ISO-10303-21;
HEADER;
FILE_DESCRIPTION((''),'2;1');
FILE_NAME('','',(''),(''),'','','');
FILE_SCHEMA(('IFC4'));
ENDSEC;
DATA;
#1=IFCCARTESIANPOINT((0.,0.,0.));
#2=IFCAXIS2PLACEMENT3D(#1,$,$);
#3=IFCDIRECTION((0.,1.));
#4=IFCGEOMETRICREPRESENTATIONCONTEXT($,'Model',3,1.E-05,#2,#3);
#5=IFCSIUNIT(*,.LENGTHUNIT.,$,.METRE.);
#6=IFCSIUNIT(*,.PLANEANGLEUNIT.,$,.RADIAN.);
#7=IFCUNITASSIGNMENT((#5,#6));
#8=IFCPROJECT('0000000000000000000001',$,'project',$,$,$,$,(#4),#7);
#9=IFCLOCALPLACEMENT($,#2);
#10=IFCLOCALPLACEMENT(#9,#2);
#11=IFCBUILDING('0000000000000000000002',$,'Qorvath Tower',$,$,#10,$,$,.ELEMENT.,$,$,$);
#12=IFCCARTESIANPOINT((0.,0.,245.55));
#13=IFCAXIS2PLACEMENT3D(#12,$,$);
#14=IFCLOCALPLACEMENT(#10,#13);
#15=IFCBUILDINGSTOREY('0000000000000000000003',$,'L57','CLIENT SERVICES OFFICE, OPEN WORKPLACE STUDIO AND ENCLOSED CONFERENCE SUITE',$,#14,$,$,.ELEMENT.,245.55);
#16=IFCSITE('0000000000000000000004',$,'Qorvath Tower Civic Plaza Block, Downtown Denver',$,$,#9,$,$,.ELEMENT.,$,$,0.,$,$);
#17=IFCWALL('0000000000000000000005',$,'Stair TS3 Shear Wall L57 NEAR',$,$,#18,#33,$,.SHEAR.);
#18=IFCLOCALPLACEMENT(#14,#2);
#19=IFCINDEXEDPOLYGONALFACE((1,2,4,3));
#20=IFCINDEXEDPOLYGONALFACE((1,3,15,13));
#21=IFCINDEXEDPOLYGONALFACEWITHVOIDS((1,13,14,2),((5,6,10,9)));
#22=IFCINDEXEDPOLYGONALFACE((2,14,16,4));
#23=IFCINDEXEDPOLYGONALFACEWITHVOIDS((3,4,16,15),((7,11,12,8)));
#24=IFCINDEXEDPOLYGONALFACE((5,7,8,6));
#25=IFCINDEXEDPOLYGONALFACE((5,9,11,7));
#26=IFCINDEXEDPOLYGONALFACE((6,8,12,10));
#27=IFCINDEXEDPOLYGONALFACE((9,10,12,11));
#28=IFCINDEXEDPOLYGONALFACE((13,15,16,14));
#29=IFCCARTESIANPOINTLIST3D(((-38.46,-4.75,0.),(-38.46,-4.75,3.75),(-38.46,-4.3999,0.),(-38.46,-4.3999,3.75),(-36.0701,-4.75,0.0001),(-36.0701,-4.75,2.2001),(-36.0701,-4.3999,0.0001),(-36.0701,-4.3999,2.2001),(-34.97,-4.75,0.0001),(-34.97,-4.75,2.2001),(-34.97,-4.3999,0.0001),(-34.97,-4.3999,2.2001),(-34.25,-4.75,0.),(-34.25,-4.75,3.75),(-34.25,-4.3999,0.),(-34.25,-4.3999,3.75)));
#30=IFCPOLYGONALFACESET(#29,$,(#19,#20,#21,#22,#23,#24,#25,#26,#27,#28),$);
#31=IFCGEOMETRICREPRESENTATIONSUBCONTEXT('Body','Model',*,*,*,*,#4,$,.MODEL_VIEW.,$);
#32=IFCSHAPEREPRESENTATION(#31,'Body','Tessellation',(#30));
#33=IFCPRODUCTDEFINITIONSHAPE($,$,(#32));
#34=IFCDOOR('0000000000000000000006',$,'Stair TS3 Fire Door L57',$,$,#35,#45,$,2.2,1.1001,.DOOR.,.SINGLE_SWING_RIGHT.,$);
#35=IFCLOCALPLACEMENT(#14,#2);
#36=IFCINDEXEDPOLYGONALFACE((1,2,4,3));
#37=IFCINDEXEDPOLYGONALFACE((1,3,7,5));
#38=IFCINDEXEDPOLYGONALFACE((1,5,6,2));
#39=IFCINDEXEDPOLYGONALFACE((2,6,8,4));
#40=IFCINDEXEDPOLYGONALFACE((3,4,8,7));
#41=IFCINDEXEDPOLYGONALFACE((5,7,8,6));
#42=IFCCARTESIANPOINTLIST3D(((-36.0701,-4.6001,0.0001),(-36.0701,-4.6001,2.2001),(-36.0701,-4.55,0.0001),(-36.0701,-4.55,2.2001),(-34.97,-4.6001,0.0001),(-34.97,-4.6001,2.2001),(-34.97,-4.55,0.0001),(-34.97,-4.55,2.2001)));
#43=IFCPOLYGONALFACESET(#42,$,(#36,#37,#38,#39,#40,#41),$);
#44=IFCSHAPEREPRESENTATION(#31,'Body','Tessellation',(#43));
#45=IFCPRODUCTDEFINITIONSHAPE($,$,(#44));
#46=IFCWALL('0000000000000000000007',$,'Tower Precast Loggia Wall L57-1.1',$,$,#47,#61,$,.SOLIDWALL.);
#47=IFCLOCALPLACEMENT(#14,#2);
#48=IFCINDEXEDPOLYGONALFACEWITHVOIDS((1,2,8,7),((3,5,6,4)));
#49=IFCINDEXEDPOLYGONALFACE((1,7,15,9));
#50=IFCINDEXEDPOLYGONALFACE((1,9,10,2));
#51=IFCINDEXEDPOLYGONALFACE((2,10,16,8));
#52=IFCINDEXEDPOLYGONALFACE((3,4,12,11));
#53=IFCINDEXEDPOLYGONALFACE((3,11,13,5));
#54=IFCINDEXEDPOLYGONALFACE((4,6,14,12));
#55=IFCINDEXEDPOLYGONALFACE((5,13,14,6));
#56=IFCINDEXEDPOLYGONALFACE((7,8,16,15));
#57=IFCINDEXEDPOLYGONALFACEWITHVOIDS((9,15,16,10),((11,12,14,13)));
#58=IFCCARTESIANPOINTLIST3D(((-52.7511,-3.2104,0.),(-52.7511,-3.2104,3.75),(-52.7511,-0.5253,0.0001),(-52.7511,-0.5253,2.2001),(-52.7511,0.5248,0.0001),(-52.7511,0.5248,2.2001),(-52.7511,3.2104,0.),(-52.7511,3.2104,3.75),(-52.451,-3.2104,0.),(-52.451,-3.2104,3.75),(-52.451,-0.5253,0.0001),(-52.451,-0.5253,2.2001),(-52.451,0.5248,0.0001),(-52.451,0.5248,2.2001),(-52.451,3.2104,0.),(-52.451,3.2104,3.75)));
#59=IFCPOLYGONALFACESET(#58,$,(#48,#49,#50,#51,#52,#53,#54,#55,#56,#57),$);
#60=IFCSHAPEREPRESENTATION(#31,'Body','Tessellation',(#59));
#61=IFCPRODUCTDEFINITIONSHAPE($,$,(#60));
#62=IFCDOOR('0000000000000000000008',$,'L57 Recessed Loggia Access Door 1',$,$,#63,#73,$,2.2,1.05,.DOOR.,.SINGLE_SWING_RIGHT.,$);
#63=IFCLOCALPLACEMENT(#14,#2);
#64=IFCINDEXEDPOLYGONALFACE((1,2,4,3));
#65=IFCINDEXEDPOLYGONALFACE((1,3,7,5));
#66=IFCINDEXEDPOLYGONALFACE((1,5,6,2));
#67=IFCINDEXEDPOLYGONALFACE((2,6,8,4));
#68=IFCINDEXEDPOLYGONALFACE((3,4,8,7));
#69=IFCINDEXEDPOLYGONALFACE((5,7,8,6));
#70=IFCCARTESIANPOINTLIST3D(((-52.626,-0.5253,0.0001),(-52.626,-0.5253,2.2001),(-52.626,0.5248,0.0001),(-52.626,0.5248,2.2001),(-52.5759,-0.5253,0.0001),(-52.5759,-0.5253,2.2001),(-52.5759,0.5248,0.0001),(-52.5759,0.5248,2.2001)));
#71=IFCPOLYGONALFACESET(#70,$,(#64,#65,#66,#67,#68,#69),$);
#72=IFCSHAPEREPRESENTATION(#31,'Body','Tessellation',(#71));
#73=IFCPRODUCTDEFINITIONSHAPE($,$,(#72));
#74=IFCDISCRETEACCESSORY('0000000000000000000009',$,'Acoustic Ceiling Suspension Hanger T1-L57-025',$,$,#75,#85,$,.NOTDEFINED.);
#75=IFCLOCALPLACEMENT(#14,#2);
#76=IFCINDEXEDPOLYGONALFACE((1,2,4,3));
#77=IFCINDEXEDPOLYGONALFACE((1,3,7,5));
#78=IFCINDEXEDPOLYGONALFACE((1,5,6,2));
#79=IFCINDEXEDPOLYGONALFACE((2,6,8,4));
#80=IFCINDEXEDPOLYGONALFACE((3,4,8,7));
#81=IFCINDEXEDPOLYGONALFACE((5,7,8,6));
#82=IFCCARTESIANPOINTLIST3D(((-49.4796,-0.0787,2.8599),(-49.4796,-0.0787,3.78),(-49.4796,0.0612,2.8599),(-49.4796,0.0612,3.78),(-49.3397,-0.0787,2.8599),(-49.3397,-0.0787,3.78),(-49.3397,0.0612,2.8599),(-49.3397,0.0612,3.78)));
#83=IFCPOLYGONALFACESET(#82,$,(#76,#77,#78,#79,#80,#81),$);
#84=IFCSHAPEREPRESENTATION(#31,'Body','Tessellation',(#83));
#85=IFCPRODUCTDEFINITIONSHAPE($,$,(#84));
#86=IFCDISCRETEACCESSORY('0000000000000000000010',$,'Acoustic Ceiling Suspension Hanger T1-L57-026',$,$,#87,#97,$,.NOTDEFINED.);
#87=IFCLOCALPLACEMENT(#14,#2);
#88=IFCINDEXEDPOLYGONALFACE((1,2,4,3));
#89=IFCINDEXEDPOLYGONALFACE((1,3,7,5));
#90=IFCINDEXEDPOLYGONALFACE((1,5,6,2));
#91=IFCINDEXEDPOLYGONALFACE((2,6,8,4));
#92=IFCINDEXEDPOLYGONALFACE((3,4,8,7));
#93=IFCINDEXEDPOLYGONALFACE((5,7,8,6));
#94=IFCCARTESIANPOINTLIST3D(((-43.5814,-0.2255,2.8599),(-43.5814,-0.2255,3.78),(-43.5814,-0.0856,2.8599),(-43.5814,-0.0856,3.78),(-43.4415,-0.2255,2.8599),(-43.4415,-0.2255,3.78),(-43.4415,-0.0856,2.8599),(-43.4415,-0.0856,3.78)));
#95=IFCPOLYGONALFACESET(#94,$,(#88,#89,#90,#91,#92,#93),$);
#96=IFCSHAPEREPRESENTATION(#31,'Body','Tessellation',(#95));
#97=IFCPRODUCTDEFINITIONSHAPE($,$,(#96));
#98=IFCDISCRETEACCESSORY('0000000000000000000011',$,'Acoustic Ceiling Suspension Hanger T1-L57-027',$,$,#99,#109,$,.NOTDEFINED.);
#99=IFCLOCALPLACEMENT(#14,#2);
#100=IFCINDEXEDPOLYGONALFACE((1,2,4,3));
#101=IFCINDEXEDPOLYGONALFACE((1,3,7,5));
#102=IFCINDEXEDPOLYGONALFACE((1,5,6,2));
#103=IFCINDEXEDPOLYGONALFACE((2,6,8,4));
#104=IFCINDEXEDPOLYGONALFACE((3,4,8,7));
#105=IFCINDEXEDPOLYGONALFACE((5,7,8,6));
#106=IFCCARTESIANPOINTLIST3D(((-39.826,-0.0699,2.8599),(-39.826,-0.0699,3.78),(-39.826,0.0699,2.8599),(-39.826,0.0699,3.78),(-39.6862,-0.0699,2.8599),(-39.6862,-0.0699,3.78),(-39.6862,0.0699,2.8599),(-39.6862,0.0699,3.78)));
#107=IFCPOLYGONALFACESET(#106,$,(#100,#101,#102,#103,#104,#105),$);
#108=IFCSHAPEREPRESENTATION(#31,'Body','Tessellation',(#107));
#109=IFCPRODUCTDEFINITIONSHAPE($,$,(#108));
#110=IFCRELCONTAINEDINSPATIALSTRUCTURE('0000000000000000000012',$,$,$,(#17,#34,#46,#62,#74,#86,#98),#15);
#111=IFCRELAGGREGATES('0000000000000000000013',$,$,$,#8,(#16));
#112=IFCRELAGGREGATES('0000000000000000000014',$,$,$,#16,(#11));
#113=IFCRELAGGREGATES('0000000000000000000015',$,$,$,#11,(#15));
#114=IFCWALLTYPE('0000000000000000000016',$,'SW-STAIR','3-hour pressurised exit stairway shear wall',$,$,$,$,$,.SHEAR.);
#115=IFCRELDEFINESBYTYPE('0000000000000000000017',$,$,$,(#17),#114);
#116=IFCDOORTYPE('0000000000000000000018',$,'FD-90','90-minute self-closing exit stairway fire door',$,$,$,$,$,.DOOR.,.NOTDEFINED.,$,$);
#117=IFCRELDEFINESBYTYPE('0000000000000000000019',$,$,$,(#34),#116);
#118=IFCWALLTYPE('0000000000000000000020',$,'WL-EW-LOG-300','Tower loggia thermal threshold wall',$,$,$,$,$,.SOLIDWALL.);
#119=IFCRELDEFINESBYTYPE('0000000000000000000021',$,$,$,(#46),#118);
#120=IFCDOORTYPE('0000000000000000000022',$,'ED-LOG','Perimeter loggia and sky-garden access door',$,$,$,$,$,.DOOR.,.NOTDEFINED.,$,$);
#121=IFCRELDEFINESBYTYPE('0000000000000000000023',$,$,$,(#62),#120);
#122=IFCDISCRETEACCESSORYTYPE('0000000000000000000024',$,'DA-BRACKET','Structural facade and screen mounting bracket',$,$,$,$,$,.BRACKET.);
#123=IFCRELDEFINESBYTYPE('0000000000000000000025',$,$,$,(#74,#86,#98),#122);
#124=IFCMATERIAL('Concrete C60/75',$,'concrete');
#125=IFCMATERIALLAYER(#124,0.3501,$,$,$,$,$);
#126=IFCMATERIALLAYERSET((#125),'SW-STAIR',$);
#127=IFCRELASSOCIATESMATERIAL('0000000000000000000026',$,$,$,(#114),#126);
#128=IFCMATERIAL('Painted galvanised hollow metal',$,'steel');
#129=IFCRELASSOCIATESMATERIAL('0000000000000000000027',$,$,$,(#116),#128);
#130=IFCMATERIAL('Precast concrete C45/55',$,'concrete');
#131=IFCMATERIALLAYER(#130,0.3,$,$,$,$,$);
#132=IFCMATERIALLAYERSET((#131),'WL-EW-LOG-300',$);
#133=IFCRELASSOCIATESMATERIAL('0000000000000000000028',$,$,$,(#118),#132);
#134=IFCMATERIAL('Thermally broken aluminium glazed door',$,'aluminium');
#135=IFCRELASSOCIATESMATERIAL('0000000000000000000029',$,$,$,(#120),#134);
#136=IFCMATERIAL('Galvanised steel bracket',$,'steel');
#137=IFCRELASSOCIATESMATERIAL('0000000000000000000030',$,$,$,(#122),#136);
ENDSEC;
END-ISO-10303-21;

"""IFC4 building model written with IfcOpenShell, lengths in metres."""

from ifc_helpers import new_model, si_unit, direction, frame, frame_2d, origin, origin_2d, place, context, subcontext, project, spatial, rectangle, extrude, material, layer, layer_set, type_object, element, fill, save


model = new_model("IFC4")

# Units and contexts
model_context = context("Model", 3, precision=1e-05, world=origin(), true_north=direction((0.0, 1.0)))
body_context = subcontext(model_context, "Body", "Model", "MODEL_VIEW")
ifc_project = project(units=[si_unit("LENGTHUNIT", "METRE"), si_unit("PLANEANGLEUNIT", "RADIAN")], contexts=[model_context])

# Site, building, storey
site_placement = place(None, origin())
site = spatial("IfcSite", under=ifc_project, at=site_placement, Name="Qorvath Tower Civic Plaza Block, Downtown Denver", CompositionType="ELEMENT", RefElevation=0.0)
building_placement = place(site_placement, origin())
building = spatial("IfcBuilding", under=site, at=building_placement, Name="Qorvath Tower", CompositionType="ELEMENT")
storey_placement = place(building_placement, frame((0.0, 0.0, 245.55)))
storey = spatial("IfcBuildingStorey", under=building, at=storey_placement, Name="L57", Description="CLIENT SERVICES OFFICE, OPEN WORKPLACE STUDIO AND ENCLOSED CONFERENCE SUITE", CompositionType="ELEMENT", Elevation=245.55)

# Walls, openings, doors
ifc_material_1 = material(Name="Concrete C60/75", Category="concrete")
ifc_layer_1 = layer(ifc_material_1, 0.3501)
ifc_layer_set_1 = layer_set([ifc_layer_1], Name="SW-STAIR")
wall_type_1 = type_object("IfcWallType", Name="SW-STAIR", Description="3-hour pressurised exit stairway shear wall", PredefinedType="SHEAR", material=ifc_layer_set_1)
wall_1_placement = place(storey_placement, frame((-38.46, -4.575, 0.0), z_axis=(0.0, 0.0, 1.0), x_axis=(1.0, 0.0, 0.0)))
wall_1 = element("IfcWall", 1, at=wall_1_placement, inside=storey, type_object=wall_type_1, Name="Stair TS3 Shear Wall L57 NEAR", PredefinedType="SHEAR", context=body_context, shape_type="SweptSolid", body=[
    extrude(rectangle(XDim=4.21, YDim=0.3501, at=frame_2d((2.105, 0.0))), origin(), (0.0, 0.0, 1.0), 3.75),
])
opening_1_placement = place(wall_1_placement, frame((2.3899, 0.0, 0.0)))
opening_1 = element("IfcOpeningElement", 2, at=opening_1_placement, cuts=wall_1, PredefinedType="OPENING", context=body_context, shape_type="SweptSolid", body=[
    extrude(rectangle(XDim=1.1001, YDim=2.2, at=frame_2d((0.55, 1.1001))), frame((0.0, 0.1851, 0.0), z_axis=(0.0, -1.0, 0.0), x_axis=(1.0, 0.0, 0.0)), (0.0, 0.0, 1.0), 0.3701),
])
ifc_material_2 = material(Name="Painted galvanised hollow metal", Category="steel")
door_type_1 = type_object("IfcDoorType", Name="FD-90", Description="90-minute self-closing exit stairway fire door", OperationType="NOTDEFINED", PredefinedType="DOOR", material=ifc_material_2)
door_1_placement = place(opening_1_placement, origin())
door_1 = element("IfcDoor", 3, at=door_1_placement, inside=storey, type_object=door_type_1, Name="Stair TS3 Fire Door L57", OperationType="SINGLE_SWING_RIGHT", OverallHeight=2.2, OverallWidth=1.1001, PredefinedType="DOOR", context=body_context, shape_type="SweptSolid", body=[
    extrude(rectangle(XDim=1.1001, YDim=2.2, at=frame_2d((0.55, 1.1001))), frame((0.0, 0.0249, 0.0), z_axis=(0.0, -1.0, 0.0), x_axis=(1.0, 0.0, 0.0)), (0.0, 0.0, 1.0), 0.05),
])
fill(opening_1, door_1)
ifc_material_3 = material(Name="Precast concrete C45/55", Category="concrete")
ifc_layer_2 = layer(ifc_material_3, 0.3)
ifc_layer_set_2 = layer_set([ifc_layer_2], Name="WL-EW-LOG-300")
wall_type_2 = type_object("IfcWallType", Name="WL-EW-LOG-300", Description="Tower loggia thermal threshold wall", PredefinedType="SOLIDWALL", material=ifc_layer_set_2)
wall_2_placement = place(storey_placement, frame((-52.6011, -3.2104, 0.0), z_axis=(0.0, 0.0, 1.0), x_axis=(0.0, 1.0, 0.0)))
wall_2 = element("IfcWall", 4, at=wall_2_placement, inside=storey, type_object=wall_type_2, Name="Tower Precast Loggia Wall L57-1.1", PredefinedType="SOLIDWALL", context=body_context, shape_type="SweptSolid", body=[
    extrude(rectangle(XDim=6.4209, YDim=0.3, at=frame_2d((3.2104, 0.0))), origin(), (0.0, 0.0, 1.0), 3.75),
])
opening_2_placement = place(wall_2_placement, frame((2.6853, 0.0, 0.0)))
opening_2 = element("IfcOpeningElement", 5, at=opening_2_placement, cuts=wall_2, PredefinedType="OPENING", context=body_context, shape_type="SweptSolid", body=[
    extrude(rectangle(XDim=1.05, YDim=2.2, at=frame_2d((0.5249, 1.1001))), frame((0.0, 0.1602, 0.0), z_axis=(0.0, -1.0, 0.0), x_axis=(1.0, 0.0, 0.0)), (0.0, 0.0, 1.0), 0.3201),
])
ifc_material_4 = material(Name="Thermally broken aluminium glazed door", Category="aluminium")
door_type_2 = type_object("IfcDoorType", Name="ED-LOG", Description="Perimeter loggia and sky-garden access door", OperationType="NOTDEFINED", PredefinedType="DOOR", material=ifc_material_4)
door_2_placement = place(opening_2_placement, origin())
door_2 = element("IfcDoor", 6, at=door_2_placement, inside=storey, type_object=door_type_2, Name="L57 Recessed Loggia Access Door 1", OperationType="SINGLE_SWING_RIGHT", OverallHeight=2.2, OverallWidth=1.05, PredefinedType="DOOR", context=body_context, shape_type="SweptSolid", body=[
    extrude(rectangle(XDim=1.05, YDim=2.2, at=frame_2d((0.5249, 1.1001))), frame((0.0, 0.0249, 0.0), z_axis=(0.0, -1.0, 0.0), x_axis=(1.0, 0.0, 0.0)), (0.0, 0.0, 1.0), 0.05),
])
fill(opening_2, door_2)

# Discrete accessories
ifc_material_5 = material(Name="Galvanised steel bracket", Category="steel")
discrete_accessory_type = type_object("IfcDiscreteAccessoryType", Name="DA-BRACKET", Description="Structural facade and screen mounting bracket", PredefinedType="BRACKET", material=ifc_material_5)
for number, where, z_axis, x_axis, name in (
    (7, (-49.4097, -0.0088, 2.8599), (0.0, 0.0, 1.0), (1.0, 0.0, 0.0), "Acoustic Ceiling Suspension Hanger T1-L57-025"),
    (8, (-43.5115, -0.1555, 2.8599), (0.0, 0.0, 1.0), (1.0, 0.0, 0.0), "Acoustic Ceiling Suspension Hanger T1-L57-026"),
    (9, (-39.7561, 0.0, 2.8599), (0.0, 0.0, 1.0), (1.0, 0.0, 0.0), "Acoustic Ceiling Suspension Hanger T1-L57-027"),
):
    element("IfcDiscreteAccessory", number, at=place(storey_placement, frame(where, z_axis=z_axis, x_axis=x_axis)), inside=storey, type_object=discrete_accessory_type, Name=name, PredefinedType="NOTDEFINED", context=body_context, shape_type="SweptSolid", body=[
        extrude(rectangle(XDim=0.1399, YDim=0.1399, at=origin_2d()), origin(), (0.0, 0.0, 1.0), 0.9202),
    ])

save(model, "model.ifc")
